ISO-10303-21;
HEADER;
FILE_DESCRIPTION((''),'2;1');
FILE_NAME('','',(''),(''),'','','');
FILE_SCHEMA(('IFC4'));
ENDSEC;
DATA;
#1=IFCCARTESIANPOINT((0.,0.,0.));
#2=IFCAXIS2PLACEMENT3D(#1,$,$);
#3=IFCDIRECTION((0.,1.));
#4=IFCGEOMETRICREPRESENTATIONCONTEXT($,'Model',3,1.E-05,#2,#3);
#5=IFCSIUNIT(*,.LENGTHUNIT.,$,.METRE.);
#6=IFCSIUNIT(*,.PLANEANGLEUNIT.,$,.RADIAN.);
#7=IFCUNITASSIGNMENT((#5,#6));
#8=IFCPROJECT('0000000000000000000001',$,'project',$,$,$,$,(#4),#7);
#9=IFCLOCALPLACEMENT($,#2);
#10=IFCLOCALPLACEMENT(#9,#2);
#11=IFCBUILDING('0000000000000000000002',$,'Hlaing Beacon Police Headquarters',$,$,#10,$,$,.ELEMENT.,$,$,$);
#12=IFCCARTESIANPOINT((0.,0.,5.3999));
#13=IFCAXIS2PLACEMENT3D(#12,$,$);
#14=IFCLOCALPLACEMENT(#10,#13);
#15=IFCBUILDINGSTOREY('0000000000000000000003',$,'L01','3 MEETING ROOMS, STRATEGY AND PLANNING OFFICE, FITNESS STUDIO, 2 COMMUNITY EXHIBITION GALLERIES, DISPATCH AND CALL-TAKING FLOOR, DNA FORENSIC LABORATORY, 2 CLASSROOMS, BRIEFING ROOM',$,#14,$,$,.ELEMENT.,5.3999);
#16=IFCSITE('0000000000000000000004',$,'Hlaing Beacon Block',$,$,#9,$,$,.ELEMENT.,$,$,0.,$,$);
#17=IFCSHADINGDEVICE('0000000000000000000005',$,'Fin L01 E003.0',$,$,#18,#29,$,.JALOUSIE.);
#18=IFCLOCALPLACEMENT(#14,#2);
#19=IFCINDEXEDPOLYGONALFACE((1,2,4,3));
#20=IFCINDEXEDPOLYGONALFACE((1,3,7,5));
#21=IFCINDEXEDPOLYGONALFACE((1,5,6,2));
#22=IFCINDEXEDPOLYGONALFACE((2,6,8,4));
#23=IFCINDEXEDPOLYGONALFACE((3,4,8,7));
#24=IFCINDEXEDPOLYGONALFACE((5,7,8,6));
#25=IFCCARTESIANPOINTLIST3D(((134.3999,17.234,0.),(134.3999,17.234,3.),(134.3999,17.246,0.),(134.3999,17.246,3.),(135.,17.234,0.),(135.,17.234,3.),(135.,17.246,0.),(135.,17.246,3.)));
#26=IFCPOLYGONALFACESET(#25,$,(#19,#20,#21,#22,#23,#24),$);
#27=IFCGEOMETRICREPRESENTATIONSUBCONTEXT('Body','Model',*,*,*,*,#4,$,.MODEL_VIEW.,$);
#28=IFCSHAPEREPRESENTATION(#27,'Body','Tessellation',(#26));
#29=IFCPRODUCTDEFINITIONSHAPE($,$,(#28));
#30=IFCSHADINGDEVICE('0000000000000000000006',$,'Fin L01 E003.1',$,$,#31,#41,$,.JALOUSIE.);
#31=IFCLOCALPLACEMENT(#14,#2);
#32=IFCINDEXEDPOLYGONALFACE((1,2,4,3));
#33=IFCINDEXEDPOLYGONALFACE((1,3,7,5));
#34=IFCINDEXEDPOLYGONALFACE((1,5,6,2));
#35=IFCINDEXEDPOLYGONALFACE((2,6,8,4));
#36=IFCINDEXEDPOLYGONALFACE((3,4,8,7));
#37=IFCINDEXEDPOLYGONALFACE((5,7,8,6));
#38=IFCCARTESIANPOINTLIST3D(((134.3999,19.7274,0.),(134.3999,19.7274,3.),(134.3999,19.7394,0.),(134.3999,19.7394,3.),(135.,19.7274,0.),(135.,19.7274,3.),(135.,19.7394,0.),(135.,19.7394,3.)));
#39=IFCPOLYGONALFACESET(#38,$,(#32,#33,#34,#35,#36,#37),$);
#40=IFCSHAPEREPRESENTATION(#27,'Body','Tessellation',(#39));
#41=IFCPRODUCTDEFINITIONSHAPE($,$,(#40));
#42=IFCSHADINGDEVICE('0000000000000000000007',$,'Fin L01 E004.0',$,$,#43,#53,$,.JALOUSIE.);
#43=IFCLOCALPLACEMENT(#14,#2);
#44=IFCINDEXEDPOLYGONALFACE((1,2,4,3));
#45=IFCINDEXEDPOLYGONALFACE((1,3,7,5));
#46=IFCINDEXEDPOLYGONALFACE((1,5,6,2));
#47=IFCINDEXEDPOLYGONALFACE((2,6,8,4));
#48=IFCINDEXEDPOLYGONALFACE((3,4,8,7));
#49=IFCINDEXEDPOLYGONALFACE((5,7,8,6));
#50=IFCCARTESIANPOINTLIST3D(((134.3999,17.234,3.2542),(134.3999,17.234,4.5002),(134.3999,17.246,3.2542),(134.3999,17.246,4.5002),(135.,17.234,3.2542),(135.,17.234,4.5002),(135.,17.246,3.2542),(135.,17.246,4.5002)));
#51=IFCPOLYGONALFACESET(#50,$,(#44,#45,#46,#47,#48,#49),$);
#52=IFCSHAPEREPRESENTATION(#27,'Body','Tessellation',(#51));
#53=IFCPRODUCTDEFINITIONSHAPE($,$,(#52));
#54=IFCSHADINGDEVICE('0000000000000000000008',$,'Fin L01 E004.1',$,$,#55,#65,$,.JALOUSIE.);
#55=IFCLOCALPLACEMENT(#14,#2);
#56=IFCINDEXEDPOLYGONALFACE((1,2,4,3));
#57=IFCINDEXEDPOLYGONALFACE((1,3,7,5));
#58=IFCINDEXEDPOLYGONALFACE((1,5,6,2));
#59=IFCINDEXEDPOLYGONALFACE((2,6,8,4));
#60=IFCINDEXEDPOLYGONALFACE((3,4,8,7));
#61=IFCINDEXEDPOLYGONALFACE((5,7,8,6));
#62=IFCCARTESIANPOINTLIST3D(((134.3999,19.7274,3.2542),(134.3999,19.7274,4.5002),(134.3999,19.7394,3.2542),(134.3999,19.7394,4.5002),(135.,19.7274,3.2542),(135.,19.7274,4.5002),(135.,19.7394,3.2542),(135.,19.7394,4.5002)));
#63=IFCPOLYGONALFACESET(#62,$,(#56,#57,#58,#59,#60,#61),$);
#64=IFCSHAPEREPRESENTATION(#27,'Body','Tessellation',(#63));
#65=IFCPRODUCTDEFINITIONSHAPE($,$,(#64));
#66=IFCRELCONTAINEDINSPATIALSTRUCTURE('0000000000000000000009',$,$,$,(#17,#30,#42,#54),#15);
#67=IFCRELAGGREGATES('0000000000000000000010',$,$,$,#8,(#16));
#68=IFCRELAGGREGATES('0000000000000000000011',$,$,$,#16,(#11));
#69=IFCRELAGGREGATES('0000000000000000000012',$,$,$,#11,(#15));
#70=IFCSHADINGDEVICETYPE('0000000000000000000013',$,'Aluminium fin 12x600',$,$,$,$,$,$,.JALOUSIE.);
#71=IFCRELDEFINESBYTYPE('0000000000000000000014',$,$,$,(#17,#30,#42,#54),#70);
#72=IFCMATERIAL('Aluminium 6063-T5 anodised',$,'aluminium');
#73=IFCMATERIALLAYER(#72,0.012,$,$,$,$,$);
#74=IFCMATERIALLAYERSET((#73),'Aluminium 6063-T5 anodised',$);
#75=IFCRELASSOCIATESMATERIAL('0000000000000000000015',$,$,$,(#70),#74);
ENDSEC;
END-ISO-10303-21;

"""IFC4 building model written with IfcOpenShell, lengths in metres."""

from ifc_helpers import new_model, si_unit, direction, frame, origin, origin_2d, place, context, subcontext, project, spatial, rectangle, extrude, material, layer, layer_set, type_object, element, save


model = new_model("IFC4")

# Units and contexts
model_context = context("Model", 3, precision=1e-05, world=origin(), true_north=direction((0.0, 1.0)))
body_context = subcontext(model_context, "Body", "Model", "MODEL_VIEW")
ifc_project = project(units=[si_unit("LENGTHUNIT", "METRE"), si_unit("PLANEANGLEUNIT", "RADIAN")], contexts=[model_context])

# Site, building, storey
site_placement = place(None, origin())
site = spatial("IfcSite", under=ifc_project, at=site_placement, Name="Hlaing Beacon Block", CompositionType="ELEMENT", RefElevation=0.0)
building_placement = place(site_placement, origin())
building = spatial("IfcBuilding", under=site, at=building_placement, Name="Hlaing Beacon Police Headquarters", CompositionType="ELEMENT")
storey_placement = place(building_placement, frame((0.0, 0.0, 5.3999)))
storey = spatial("IfcBuildingStorey", under=building, at=storey_placement, Name="L01", Description="3 MEETING ROOMS, STRATEGY AND PLANNING OFFICE, FITNESS STUDIO, 2 COMMUNITY EXHIBITION GALLERIES, DISPATCH AND CALL-TAKING FLOOR, DNA FORENSIC LABORATORY, 2 CLASSROOMS, BRIEFING ROOM", CompositionType="ELEMENT", Elevation=5.3999)

# Shading devices
ifc_material_1 = material(Name="Aluminium 6063-T5 anodised", Category="aluminium")
ifc_layer_1 = layer(ifc_material_1, 0.012)
ifc_layer_set_1 = layer_set([ifc_layer_1], Name="Aluminium 6063-T5 anodised")
shading_device_type = type_object("IfcShadingDeviceType", Name="Aluminium fin 12x600", PredefinedType="JALOUSIE", material=ifc_layer_set_1)
for number, where, z_axis, x_axis, name in (
    (1, (134.7, 17.24, 0.0), (0.0, 0.0, 1.0), (0.0, 1.0, 0.0), "Fin L01 E003.0"),
    (2, (134.7, 19.7334, 0.0), (0.0, 0.0, 1.0), (0.0, 1.0, 0.0), "Fin L01 E003.1"),
):
    element("IfcShadingDevice", number, at=place(storey_placement, frame(where, z_axis=z_axis, x_axis=x_axis)), inside=storey, type_object=shading_device_type, Name=name, PredefinedType="JALOUSIE", context=body_context, shape_type="SweptSolid", body=[
        extrude(rectangle(XDim=0.012, YDim=0.6001, at=origin_2d()), origin(), (0.0, 0.0, 1.0), 3.0),
    ])
for number, where, z_axis, x_axis, name in (
    (3, (134.7, 17.24, 3.2542), (0.0, 0.0, 1.0), (0.0, 1.0, 0.0), "Fin L01 E004.0"),
    (4, (134.7, 19.7334, 3.2542), (0.0, 0.0, 1.0), (0.0, 1.0, 0.0), "Fin L01 E004.1"),
):
    element("IfcShadingDevice", number, at=place(storey_placement, frame(where, z_axis=z_axis, x_axis=x_axis)), inside=storey, type_object=shading_device_type, Name=name, PredefinedType="JALOUSIE", context=body_context, shape_type="SweptSolid", body=[
        extrude(rectangle(XDim=0.012, YDim=0.6001, at=origin_2d()), origin(), (0.0, 0.0, 1.0), 1.2461),
    ])

save(model, "model.ifc")
